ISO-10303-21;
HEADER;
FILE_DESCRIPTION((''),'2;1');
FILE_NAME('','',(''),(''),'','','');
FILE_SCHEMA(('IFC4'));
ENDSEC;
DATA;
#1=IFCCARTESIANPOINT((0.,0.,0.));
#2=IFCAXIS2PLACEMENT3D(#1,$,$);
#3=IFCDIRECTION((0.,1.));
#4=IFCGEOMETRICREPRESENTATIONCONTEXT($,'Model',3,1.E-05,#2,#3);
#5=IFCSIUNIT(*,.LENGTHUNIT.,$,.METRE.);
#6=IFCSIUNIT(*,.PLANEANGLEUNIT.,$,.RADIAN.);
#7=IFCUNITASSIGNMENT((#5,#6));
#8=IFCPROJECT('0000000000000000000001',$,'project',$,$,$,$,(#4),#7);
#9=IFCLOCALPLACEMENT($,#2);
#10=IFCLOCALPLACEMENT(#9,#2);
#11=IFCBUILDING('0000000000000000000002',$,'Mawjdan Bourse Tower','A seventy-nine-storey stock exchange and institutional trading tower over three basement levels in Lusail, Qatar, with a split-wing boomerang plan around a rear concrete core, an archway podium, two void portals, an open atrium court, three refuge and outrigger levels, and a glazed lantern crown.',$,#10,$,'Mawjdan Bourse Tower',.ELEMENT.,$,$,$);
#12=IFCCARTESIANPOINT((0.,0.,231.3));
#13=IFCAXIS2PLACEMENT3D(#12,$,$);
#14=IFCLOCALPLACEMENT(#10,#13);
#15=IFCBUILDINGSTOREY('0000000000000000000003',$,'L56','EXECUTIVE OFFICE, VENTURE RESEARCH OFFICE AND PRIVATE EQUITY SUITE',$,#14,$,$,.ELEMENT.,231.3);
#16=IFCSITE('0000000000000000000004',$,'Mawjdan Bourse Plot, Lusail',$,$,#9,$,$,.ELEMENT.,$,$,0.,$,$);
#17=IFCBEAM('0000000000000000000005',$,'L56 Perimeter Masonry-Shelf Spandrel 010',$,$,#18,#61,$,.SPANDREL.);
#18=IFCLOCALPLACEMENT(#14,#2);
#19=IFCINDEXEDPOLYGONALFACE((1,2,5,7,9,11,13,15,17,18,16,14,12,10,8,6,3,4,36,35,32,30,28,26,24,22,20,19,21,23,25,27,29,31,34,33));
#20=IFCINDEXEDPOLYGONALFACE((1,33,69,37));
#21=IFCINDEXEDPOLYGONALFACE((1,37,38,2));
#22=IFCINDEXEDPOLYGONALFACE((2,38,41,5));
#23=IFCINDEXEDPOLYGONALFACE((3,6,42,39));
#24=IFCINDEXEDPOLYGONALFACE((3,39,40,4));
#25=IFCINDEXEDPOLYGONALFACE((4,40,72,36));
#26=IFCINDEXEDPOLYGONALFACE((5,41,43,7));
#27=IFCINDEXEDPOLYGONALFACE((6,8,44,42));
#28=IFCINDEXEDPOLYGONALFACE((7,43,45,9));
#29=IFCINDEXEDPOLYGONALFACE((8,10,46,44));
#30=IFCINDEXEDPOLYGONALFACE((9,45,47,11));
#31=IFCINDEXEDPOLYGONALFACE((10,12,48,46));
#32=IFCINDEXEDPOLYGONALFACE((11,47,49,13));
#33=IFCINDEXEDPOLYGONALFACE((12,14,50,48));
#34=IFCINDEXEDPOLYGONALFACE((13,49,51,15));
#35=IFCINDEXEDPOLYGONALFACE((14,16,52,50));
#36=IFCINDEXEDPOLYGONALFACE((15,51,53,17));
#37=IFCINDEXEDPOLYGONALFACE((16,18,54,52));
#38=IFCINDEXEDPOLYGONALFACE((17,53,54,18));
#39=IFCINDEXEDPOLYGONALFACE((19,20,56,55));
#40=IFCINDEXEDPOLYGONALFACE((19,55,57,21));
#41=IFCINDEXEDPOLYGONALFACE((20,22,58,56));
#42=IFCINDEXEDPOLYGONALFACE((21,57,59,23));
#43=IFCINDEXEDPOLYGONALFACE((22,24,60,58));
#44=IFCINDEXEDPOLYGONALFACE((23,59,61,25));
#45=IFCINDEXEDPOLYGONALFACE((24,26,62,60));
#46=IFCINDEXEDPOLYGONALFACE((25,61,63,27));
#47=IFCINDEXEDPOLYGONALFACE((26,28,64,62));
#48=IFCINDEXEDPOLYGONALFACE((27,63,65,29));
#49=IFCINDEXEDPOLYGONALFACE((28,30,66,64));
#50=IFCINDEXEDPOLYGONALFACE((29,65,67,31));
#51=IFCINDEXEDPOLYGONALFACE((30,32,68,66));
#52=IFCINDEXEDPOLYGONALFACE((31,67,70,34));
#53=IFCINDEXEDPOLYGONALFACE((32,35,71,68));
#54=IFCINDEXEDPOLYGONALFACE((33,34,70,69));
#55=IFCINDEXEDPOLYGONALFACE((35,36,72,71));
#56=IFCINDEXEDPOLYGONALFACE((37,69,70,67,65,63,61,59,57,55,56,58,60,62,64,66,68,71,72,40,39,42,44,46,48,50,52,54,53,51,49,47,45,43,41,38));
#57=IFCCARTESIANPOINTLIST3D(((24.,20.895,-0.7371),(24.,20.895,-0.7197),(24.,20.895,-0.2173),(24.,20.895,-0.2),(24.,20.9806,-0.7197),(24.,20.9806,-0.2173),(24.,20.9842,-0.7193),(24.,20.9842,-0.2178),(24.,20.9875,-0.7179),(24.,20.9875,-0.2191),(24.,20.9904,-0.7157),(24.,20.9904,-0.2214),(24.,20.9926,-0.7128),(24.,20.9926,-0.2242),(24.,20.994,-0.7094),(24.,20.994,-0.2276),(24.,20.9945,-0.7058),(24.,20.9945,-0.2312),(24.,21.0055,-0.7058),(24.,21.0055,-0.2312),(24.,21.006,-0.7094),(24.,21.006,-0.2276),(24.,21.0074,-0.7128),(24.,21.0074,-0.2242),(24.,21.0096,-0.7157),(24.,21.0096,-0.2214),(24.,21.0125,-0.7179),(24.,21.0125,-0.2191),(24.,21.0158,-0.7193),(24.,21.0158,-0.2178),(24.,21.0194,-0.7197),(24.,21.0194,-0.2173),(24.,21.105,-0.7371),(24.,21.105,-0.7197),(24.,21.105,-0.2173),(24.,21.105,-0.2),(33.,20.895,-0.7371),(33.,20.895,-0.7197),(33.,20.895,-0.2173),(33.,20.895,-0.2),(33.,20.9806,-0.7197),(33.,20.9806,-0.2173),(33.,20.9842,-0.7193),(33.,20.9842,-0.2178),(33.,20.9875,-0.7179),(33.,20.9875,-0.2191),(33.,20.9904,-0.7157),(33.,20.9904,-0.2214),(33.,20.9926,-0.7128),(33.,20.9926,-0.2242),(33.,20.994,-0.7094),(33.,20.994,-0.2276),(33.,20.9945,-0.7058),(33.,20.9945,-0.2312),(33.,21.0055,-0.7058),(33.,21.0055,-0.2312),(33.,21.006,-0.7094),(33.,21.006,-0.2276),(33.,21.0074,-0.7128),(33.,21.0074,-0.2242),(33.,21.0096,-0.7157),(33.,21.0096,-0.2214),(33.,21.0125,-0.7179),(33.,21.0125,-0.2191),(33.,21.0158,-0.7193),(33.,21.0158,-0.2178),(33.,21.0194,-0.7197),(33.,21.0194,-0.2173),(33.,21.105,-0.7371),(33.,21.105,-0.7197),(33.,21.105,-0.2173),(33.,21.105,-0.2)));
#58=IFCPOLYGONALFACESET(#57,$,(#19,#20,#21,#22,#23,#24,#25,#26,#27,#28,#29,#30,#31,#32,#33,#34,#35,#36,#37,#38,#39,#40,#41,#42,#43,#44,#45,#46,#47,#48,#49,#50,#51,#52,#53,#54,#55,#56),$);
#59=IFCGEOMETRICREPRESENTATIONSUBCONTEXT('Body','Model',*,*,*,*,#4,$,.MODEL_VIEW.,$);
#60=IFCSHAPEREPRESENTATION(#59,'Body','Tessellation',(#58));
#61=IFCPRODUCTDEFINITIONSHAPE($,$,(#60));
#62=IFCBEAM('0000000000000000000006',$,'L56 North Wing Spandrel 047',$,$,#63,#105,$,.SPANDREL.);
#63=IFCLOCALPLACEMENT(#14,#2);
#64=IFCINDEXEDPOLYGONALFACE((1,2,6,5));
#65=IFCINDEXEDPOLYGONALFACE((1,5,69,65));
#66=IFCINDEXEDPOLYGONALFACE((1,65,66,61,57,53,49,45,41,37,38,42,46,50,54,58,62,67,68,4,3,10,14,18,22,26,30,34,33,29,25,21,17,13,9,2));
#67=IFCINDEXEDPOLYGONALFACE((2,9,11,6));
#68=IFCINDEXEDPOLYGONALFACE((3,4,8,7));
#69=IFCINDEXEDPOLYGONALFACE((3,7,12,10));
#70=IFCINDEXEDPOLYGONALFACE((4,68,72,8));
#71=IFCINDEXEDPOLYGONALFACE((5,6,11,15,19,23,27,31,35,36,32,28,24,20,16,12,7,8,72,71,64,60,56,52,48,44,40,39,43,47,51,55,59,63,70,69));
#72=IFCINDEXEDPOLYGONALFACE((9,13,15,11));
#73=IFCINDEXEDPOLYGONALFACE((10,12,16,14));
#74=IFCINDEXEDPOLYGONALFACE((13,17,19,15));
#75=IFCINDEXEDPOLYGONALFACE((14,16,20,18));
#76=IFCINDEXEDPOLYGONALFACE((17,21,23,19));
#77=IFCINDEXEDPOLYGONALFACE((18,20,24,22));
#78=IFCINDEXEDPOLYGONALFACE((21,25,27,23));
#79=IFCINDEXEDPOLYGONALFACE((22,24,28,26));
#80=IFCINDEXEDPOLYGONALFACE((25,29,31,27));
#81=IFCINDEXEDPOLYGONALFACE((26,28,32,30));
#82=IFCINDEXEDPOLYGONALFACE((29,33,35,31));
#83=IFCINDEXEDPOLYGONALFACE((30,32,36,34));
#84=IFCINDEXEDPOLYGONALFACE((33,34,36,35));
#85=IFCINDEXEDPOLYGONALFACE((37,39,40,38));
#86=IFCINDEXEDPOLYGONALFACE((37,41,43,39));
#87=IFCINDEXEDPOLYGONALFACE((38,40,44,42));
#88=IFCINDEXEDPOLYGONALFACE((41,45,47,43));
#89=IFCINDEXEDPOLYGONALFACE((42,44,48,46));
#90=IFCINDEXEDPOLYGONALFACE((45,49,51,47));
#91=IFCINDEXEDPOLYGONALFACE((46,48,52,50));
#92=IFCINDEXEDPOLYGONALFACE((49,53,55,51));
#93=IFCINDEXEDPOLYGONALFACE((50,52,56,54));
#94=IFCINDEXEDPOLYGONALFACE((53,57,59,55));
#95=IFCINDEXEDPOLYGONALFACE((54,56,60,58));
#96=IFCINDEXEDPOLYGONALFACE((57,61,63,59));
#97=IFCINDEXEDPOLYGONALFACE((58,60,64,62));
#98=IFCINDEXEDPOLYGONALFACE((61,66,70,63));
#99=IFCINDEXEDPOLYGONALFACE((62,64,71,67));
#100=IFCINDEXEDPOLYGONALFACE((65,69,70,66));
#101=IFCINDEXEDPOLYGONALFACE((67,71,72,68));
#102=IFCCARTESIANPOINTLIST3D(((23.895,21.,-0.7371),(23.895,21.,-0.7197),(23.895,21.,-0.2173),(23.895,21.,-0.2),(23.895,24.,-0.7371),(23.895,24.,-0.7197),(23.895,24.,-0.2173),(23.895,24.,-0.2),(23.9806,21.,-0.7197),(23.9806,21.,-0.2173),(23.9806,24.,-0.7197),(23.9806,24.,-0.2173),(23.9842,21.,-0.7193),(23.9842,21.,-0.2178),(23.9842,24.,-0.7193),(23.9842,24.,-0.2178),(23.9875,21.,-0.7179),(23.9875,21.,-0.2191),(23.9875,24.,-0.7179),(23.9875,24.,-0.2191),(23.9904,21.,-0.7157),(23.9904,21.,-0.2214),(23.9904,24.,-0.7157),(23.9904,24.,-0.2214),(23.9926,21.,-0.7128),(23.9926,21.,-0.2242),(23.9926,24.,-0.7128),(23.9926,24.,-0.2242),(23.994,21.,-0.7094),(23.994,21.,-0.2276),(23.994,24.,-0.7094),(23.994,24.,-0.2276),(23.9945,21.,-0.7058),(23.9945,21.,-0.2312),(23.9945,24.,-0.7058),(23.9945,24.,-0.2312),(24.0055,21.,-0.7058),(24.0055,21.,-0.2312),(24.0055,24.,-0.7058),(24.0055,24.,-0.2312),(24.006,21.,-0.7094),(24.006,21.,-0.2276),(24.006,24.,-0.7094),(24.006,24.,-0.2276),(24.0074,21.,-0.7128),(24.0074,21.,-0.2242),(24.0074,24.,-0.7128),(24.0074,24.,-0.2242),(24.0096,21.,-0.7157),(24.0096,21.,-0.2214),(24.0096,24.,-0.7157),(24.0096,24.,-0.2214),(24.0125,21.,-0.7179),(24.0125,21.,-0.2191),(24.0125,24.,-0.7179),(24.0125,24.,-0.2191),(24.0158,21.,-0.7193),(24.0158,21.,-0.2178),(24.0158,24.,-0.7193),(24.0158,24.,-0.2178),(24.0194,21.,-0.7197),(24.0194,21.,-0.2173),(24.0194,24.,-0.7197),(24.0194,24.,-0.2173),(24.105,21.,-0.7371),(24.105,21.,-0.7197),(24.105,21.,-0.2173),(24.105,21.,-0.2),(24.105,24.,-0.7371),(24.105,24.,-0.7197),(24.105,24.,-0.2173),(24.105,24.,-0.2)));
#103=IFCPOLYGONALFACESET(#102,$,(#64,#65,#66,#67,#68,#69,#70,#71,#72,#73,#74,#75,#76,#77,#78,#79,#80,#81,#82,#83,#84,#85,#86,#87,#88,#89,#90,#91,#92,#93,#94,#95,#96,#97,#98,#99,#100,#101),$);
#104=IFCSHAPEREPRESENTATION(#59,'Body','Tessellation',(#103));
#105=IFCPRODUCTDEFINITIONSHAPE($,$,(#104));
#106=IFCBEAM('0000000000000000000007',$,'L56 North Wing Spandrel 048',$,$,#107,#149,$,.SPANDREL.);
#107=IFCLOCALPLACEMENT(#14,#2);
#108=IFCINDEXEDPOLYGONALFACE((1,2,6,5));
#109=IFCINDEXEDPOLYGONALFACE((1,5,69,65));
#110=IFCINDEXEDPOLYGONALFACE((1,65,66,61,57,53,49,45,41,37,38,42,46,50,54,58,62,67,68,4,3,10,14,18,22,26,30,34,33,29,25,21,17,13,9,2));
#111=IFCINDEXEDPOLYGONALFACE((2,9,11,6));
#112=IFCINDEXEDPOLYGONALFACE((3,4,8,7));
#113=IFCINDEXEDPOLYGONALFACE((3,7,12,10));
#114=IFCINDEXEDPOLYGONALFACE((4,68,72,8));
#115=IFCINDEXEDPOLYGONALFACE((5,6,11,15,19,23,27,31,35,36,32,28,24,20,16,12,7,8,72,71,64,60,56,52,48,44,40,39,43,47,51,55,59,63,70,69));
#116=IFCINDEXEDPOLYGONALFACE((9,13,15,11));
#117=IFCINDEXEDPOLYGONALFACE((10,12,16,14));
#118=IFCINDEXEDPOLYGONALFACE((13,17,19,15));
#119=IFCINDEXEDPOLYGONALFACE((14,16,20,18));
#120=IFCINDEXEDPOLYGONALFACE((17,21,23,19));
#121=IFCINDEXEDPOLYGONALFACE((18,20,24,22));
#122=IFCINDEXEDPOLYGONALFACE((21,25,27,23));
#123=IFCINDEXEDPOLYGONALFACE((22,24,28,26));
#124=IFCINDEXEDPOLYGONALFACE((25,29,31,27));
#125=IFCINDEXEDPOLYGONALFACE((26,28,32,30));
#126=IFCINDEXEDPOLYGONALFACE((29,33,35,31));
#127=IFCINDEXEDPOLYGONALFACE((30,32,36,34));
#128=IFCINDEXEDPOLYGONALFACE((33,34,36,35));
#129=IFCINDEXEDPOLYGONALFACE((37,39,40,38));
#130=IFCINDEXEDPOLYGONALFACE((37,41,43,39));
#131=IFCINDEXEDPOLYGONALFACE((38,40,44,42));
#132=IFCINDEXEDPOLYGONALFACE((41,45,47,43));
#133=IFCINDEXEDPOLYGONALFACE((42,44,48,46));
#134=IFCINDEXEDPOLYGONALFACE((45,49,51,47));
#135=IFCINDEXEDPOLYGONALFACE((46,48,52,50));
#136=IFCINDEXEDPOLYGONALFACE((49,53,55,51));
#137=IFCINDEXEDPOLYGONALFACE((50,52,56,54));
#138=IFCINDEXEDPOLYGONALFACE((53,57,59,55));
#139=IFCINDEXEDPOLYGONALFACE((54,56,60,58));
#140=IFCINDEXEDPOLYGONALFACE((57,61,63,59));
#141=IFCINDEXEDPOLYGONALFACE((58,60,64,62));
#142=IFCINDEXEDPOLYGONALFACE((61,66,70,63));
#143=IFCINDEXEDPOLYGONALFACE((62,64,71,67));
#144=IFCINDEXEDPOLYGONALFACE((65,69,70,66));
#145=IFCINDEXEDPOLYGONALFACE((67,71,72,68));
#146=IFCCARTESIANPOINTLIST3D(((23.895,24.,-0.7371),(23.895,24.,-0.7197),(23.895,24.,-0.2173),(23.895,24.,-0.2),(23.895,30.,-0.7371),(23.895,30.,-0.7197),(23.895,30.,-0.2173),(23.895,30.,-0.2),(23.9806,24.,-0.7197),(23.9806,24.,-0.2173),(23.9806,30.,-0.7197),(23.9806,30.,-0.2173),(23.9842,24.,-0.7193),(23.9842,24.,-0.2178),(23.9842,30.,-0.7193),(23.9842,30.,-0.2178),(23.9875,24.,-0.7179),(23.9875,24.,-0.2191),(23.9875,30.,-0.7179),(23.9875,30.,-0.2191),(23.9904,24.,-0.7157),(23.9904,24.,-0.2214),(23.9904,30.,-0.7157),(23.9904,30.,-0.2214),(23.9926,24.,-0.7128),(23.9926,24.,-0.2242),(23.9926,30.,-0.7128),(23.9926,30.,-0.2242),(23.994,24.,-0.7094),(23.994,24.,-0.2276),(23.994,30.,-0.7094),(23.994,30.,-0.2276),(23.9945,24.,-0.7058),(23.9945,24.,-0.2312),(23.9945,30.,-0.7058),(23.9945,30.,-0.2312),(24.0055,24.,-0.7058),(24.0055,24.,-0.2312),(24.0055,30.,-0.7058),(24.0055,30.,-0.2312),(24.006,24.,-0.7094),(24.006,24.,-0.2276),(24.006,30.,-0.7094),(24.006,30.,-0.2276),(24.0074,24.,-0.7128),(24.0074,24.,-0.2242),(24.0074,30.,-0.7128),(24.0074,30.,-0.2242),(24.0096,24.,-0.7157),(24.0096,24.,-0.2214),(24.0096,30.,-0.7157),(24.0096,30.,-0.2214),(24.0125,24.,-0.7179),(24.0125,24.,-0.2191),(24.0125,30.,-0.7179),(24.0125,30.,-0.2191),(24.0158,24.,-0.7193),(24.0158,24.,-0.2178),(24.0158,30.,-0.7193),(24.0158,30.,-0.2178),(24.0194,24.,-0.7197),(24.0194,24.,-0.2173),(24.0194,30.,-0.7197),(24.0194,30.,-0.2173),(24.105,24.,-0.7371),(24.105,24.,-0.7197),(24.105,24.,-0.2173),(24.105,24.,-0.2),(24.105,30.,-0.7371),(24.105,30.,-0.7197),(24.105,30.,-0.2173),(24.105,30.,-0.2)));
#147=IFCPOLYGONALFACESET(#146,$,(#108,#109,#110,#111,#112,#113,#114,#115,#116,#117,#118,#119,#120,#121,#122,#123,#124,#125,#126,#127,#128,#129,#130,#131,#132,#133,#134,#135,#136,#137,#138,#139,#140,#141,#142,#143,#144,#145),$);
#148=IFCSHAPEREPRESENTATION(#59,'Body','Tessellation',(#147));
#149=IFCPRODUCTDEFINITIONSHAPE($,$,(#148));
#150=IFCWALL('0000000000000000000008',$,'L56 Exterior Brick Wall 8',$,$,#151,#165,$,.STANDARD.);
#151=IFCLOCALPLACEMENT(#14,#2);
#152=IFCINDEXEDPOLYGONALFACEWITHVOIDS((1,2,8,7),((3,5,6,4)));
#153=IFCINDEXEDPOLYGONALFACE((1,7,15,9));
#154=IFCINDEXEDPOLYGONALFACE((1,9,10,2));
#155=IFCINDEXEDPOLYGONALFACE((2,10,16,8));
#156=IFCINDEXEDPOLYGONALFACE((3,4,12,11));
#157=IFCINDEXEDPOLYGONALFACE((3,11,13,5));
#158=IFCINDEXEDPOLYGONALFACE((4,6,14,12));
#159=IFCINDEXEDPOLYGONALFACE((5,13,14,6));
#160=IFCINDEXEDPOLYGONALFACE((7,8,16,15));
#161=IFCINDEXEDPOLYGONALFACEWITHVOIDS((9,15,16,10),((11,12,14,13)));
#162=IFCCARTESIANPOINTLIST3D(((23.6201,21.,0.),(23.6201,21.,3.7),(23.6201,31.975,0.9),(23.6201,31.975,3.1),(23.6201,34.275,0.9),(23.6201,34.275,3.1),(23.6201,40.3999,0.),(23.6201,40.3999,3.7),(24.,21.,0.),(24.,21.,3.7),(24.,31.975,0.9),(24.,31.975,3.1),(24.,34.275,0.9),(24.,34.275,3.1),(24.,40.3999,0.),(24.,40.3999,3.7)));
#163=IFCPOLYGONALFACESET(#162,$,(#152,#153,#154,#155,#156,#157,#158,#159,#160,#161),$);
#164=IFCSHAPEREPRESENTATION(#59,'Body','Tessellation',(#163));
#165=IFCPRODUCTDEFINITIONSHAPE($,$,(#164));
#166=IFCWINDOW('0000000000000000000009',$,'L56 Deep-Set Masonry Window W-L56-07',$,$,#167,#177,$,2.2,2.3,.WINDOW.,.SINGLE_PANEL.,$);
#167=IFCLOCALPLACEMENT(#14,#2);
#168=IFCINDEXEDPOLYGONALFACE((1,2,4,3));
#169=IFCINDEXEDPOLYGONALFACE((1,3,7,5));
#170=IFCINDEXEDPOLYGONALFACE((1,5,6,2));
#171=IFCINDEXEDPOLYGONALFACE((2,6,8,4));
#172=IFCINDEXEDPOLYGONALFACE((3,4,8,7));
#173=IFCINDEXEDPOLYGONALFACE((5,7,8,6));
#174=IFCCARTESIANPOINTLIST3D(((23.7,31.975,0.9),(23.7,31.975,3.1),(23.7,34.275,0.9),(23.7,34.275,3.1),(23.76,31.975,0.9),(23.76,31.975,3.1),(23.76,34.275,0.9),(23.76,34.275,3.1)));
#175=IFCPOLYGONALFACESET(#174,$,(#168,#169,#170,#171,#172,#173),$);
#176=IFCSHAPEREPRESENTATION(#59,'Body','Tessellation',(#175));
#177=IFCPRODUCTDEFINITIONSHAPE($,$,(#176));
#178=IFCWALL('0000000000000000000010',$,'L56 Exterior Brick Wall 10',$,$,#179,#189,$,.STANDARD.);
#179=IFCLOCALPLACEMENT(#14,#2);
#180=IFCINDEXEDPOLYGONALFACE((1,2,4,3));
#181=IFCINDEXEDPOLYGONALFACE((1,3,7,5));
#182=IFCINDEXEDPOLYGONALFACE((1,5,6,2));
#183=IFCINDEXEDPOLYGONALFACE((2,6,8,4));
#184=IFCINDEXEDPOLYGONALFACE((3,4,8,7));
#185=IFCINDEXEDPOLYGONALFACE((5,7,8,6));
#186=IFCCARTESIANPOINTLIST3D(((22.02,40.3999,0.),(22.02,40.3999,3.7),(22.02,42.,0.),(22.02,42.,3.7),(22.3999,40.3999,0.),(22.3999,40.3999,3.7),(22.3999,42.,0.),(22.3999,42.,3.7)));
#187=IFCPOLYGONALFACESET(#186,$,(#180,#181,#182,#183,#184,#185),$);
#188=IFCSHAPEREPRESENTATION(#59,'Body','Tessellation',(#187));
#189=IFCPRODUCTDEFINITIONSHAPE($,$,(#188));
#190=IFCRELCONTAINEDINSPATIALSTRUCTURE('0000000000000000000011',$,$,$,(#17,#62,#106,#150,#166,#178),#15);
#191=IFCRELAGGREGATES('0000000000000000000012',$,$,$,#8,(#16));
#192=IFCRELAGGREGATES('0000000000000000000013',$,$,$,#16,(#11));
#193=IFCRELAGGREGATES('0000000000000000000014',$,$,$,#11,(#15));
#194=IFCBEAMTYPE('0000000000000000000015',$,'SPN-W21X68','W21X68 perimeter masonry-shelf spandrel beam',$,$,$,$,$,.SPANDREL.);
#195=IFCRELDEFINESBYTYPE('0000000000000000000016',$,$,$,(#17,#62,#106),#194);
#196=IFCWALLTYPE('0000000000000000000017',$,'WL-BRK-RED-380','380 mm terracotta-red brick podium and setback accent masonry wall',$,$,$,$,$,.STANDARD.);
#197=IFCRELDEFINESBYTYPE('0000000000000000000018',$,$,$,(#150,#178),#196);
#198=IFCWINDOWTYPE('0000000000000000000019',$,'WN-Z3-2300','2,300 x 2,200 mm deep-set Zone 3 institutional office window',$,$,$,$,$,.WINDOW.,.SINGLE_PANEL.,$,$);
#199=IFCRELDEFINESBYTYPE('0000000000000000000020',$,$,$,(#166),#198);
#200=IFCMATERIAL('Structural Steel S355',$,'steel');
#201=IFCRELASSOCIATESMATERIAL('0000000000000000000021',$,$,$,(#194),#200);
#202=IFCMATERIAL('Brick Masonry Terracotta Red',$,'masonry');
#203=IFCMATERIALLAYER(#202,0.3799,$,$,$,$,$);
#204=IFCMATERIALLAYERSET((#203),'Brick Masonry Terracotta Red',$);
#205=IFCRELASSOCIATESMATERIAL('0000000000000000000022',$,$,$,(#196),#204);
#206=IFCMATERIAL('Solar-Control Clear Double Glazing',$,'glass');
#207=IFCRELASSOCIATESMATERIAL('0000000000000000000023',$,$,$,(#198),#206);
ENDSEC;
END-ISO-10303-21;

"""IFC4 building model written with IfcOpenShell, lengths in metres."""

from ifc_helpers import new_model, si_unit, direction, frame, frame_2d, origin, origin_2d, place, context, subcontext, project, spatial, rectangle, i_section, extrude, material, layer, layer_set, material_profile, profile_set, type_object, element, fill, save


model = new_model("IFC4")

# Units and contexts
model_context = context("Model", 3, precision=1e-05, world=origin(), true_north=direction((0.0, 1.0)))
body_context = subcontext(model_context, "Body", "Model", "MODEL_VIEW")
ifc_project = project(units=[si_unit("LENGTHUNIT", "METRE"), si_unit("PLANEANGLEUNIT", "RADIAN")], contexts=[model_context])

# Site, building, storey
site_placement = place(None, origin())
site = spatial("IfcSite", under=ifc_project, at=site_placement, Name="Mawjdan Bourse Plot, Lusail", CompositionType="ELEMENT", RefElevation=0.0)
building_placement = place(site_placement, origin())
building = spatial("IfcBuilding", under=site, at=building_placement, Name="Mawjdan Bourse Tower", Description="A seventy-nine-storey stock exchange and institutional trading tower over three basement levels in Lusail, Qatar, with a split-wing boomerang plan around a rear concrete core, an archway podium, two void portals, an open atrium court, three refuge and outrigger levels, and a glazed lantern crown.", LongName="Mawjdan Bourse Tower", CompositionType="ELEMENT")
storey_placement = place(building_placement, frame((0.0, 0.0, 231.3)))
storey = spatial("IfcBuildingStorey", under=building, at=storey_placement, Name="L56", Description="EXECUTIVE OFFICE, VENTURE RESEARCH OFFICE AND PRIVATE EQUITY SUITE", CompositionType="ELEMENT", Elevation=231.3)

# Beams
ifc_material_1 = material(Name="Structural Steel S355", Category="steel")
ifc_material_profile_1 = material_profile(ifc_material_1, i_section(OverallWidth=0.21, OverallDepth=0.5371, WebThickness=0.011, FlangeThickness=0.0173, FilletRadius=0.0139, at=origin_2d()), Name="W21X68")
ifc_profile_set_1 = profile_set([ifc_material_profile_1], Name="Structural Steel S355")
beam_type_1 = type_object("IfcBeamType", Name="SPN-W21X68", Description="W21X68 perimeter masonry-shelf spandrel beam", PredefinedType="SPANDREL", material=ifc_profile_set_1)
beam_1_placement = place(storey_placement, frame((24.0, 21.0, -0.4685), z_axis=(1.0, 0.0, 0.0), x_axis=(0.0, 1.0, 0.0)))
element("IfcBeam", 1, at=beam_1_placement, inside=storey, type_object=beam_type_1, Name="L56 Perimeter Masonry-Shelf Spandrel 010", PredefinedType="SPANDREL", context=body_context, shape_type="SweptSolid", body=[
    extrude(i_section(OverallWidth=0.21, OverallDepth=0.5371, WebThickness=0.011, FlangeThickness=0.0173, FilletRadius=0.0139, at=origin_2d()), origin(), (0.0, 0.0, 1.0), 9.0),
])
beam_2_placement = place(storey_placement, frame((24.0, 21.0, -0.4685), z_axis=(0.0, 1.0, 0.0), x_axis=(-1.0, 0.0, 0.0)))
element("IfcBeam", 2, at=beam_2_placement, inside=storey, type_object=beam_type_1, Name="L56 North Wing Spandrel 047", PredefinedType="SPANDREL", context=body_context, shape_type="SweptSolid", body=[
    extrude(i_section(OverallWidth=0.21, OverallDepth=0.5371, WebThickness=0.011, FlangeThickness=0.0173, FilletRadius=0.0139, at=origin_2d()), origin(), (0.0, 0.0, 1.0), 3.0),
])
beam_3_placement = place(storey_placement, frame((24.0, 24.0, -0.4685), z_axis=(0.0, 1.0, 0.0), x_axis=(-1.0, 0.0, 0.0)))
element("IfcBeam", 3, at=beam_3_placement, inside=storey, type_object=beam_type_1, Name="L56 North Wing Spandrel 048", PredefinedType="SPANDREL", context=body_context, shape_type="SweptSolid", body=[
    extrude(i_section(OverallWidth=0.21, OverallDepth=0.5371, WebThickness=0.011, FlangeThickness=0.0173, FilletRadius=0.0139, at=origin_2d()), origin(), (0.0, 0.0, 1.0), 6.0),
])

# Wall, opening, window
ifc_material_2 = material(Name="Brick Masonry Terracotta Red", Category="masonry")
ifc_layer_1 = layer(ifc_material_2, 0.3799)
ifc_layer_set_1 = layer_set([ifc_layer_1], Name="Brick Masonry Terracotta Red")
wall_type_1 = type_object("IfcWallType", Name="WL-BRK-RED-380", Description="380 mm terracotta-red brick podium and setback accent masonry wall", PredefinedType="STANDARD", material=ifc_layer_set_1)
wall_1_placement = place(storey_placement, frame((23.8101, 21.0, 0.0), z_axis=(0.0, 0.0, 1.0), x_axis=(0.0, 1.0, 0.0)))
wall_1 = element("IfcWall", 4, at=wall_1_placement, inside=storey, type_object=wall_type_1, Name="L56 Exterior Brick Wall 8", PredefinedType="STANDARD", context=body_context, shape_type="SweptSolid", body=[
    extrude(rectangle(XDim=19.3999, YDim=0.3799, at=frame_2d((9.7, 0.0))), origin(), (0.0, 0.0, 1.0), 3.7),
])
opening_1_placement = place(wall_1_placement, frame((10.9751, 0.0, 0.8999)))
opening_1 = element("IfcOpeningElement", 5, at=opening_1_placement, cuts=wall_1, PredefinedType="OPENING", context=body_context, shape_type="SweptSolid", body=[
    extrude(rectangle(XDim=2.3, YDim=2.2, at=frame_2d((1.1499, 1.1001))), frame((0.0, 0.2, 0.0), z_axis=(0.0, -1.0, 0.0), x_axis=(1.0, 0.0, 0.0)), (0.0, 0.0, 1.0), 0.3999),
])
ifc_material_3 = material(Name="Solar-Control Clear Double Glazing", Category="glass")
window_type_1 = type_object("IfcWindowType", Name="WN-Z3-2300", Description="2,300 x 2,200 mm deep-set Zone 3 institutional office window", PartitioningType="SINGLE_PANEL", PredefinedType="WINDOW", material=ifc_material_3)
window_1_placement = place(opening_1_placement, origin())
window_1 = element("IfcWindow", 6, at=window_1_placement, inside=storey, type_object=window_type_1, Name="L56 Deep-Set Masonry Window W-L56-07", OverallHeight=2.2, OverallWidth=2.3, PartitioningType="SINGLE_PANEL", PredefinedType="WINDOW", context=body_context, shape_type="SweptSolid", body=[
    extrude(rectangle(XDim=2.3, YDim=2.2, at=frame_2d((1.1499, 1.1001))), frame((0.0, 0.1101, 0.0), z_axis=(0.0, -1.0, 0.0), x_axis=(1.0, 0.0, 0.0)), (0.0, 0.0, 1.0), 0.0601),
])
fill(opening_1, window_1)

# Wall
wall_2_placement = place(storey_placement, frame((22.21, 40.3999, 0.0), z_axis=(0.0, 0.0, 1.0), x_axis=(0.0, 1.0, 0.0)))
element("IfcWall", 7, at=wall_2_placement, inside=storey, type_object=wall_type_1, Name="L56 Exterior Brick Wall 10", PredefinedType="STANDARD", context=body_context, shape_type="SweptSolid", body=[
    extrude(rectangle(XDim=1.6001, YDim=0.3799, at=frame_2d((0.8, 0.0))), origin(), (0.0, 0.0, 1.0), 3.7),
])

save(model, "model.ifc")
